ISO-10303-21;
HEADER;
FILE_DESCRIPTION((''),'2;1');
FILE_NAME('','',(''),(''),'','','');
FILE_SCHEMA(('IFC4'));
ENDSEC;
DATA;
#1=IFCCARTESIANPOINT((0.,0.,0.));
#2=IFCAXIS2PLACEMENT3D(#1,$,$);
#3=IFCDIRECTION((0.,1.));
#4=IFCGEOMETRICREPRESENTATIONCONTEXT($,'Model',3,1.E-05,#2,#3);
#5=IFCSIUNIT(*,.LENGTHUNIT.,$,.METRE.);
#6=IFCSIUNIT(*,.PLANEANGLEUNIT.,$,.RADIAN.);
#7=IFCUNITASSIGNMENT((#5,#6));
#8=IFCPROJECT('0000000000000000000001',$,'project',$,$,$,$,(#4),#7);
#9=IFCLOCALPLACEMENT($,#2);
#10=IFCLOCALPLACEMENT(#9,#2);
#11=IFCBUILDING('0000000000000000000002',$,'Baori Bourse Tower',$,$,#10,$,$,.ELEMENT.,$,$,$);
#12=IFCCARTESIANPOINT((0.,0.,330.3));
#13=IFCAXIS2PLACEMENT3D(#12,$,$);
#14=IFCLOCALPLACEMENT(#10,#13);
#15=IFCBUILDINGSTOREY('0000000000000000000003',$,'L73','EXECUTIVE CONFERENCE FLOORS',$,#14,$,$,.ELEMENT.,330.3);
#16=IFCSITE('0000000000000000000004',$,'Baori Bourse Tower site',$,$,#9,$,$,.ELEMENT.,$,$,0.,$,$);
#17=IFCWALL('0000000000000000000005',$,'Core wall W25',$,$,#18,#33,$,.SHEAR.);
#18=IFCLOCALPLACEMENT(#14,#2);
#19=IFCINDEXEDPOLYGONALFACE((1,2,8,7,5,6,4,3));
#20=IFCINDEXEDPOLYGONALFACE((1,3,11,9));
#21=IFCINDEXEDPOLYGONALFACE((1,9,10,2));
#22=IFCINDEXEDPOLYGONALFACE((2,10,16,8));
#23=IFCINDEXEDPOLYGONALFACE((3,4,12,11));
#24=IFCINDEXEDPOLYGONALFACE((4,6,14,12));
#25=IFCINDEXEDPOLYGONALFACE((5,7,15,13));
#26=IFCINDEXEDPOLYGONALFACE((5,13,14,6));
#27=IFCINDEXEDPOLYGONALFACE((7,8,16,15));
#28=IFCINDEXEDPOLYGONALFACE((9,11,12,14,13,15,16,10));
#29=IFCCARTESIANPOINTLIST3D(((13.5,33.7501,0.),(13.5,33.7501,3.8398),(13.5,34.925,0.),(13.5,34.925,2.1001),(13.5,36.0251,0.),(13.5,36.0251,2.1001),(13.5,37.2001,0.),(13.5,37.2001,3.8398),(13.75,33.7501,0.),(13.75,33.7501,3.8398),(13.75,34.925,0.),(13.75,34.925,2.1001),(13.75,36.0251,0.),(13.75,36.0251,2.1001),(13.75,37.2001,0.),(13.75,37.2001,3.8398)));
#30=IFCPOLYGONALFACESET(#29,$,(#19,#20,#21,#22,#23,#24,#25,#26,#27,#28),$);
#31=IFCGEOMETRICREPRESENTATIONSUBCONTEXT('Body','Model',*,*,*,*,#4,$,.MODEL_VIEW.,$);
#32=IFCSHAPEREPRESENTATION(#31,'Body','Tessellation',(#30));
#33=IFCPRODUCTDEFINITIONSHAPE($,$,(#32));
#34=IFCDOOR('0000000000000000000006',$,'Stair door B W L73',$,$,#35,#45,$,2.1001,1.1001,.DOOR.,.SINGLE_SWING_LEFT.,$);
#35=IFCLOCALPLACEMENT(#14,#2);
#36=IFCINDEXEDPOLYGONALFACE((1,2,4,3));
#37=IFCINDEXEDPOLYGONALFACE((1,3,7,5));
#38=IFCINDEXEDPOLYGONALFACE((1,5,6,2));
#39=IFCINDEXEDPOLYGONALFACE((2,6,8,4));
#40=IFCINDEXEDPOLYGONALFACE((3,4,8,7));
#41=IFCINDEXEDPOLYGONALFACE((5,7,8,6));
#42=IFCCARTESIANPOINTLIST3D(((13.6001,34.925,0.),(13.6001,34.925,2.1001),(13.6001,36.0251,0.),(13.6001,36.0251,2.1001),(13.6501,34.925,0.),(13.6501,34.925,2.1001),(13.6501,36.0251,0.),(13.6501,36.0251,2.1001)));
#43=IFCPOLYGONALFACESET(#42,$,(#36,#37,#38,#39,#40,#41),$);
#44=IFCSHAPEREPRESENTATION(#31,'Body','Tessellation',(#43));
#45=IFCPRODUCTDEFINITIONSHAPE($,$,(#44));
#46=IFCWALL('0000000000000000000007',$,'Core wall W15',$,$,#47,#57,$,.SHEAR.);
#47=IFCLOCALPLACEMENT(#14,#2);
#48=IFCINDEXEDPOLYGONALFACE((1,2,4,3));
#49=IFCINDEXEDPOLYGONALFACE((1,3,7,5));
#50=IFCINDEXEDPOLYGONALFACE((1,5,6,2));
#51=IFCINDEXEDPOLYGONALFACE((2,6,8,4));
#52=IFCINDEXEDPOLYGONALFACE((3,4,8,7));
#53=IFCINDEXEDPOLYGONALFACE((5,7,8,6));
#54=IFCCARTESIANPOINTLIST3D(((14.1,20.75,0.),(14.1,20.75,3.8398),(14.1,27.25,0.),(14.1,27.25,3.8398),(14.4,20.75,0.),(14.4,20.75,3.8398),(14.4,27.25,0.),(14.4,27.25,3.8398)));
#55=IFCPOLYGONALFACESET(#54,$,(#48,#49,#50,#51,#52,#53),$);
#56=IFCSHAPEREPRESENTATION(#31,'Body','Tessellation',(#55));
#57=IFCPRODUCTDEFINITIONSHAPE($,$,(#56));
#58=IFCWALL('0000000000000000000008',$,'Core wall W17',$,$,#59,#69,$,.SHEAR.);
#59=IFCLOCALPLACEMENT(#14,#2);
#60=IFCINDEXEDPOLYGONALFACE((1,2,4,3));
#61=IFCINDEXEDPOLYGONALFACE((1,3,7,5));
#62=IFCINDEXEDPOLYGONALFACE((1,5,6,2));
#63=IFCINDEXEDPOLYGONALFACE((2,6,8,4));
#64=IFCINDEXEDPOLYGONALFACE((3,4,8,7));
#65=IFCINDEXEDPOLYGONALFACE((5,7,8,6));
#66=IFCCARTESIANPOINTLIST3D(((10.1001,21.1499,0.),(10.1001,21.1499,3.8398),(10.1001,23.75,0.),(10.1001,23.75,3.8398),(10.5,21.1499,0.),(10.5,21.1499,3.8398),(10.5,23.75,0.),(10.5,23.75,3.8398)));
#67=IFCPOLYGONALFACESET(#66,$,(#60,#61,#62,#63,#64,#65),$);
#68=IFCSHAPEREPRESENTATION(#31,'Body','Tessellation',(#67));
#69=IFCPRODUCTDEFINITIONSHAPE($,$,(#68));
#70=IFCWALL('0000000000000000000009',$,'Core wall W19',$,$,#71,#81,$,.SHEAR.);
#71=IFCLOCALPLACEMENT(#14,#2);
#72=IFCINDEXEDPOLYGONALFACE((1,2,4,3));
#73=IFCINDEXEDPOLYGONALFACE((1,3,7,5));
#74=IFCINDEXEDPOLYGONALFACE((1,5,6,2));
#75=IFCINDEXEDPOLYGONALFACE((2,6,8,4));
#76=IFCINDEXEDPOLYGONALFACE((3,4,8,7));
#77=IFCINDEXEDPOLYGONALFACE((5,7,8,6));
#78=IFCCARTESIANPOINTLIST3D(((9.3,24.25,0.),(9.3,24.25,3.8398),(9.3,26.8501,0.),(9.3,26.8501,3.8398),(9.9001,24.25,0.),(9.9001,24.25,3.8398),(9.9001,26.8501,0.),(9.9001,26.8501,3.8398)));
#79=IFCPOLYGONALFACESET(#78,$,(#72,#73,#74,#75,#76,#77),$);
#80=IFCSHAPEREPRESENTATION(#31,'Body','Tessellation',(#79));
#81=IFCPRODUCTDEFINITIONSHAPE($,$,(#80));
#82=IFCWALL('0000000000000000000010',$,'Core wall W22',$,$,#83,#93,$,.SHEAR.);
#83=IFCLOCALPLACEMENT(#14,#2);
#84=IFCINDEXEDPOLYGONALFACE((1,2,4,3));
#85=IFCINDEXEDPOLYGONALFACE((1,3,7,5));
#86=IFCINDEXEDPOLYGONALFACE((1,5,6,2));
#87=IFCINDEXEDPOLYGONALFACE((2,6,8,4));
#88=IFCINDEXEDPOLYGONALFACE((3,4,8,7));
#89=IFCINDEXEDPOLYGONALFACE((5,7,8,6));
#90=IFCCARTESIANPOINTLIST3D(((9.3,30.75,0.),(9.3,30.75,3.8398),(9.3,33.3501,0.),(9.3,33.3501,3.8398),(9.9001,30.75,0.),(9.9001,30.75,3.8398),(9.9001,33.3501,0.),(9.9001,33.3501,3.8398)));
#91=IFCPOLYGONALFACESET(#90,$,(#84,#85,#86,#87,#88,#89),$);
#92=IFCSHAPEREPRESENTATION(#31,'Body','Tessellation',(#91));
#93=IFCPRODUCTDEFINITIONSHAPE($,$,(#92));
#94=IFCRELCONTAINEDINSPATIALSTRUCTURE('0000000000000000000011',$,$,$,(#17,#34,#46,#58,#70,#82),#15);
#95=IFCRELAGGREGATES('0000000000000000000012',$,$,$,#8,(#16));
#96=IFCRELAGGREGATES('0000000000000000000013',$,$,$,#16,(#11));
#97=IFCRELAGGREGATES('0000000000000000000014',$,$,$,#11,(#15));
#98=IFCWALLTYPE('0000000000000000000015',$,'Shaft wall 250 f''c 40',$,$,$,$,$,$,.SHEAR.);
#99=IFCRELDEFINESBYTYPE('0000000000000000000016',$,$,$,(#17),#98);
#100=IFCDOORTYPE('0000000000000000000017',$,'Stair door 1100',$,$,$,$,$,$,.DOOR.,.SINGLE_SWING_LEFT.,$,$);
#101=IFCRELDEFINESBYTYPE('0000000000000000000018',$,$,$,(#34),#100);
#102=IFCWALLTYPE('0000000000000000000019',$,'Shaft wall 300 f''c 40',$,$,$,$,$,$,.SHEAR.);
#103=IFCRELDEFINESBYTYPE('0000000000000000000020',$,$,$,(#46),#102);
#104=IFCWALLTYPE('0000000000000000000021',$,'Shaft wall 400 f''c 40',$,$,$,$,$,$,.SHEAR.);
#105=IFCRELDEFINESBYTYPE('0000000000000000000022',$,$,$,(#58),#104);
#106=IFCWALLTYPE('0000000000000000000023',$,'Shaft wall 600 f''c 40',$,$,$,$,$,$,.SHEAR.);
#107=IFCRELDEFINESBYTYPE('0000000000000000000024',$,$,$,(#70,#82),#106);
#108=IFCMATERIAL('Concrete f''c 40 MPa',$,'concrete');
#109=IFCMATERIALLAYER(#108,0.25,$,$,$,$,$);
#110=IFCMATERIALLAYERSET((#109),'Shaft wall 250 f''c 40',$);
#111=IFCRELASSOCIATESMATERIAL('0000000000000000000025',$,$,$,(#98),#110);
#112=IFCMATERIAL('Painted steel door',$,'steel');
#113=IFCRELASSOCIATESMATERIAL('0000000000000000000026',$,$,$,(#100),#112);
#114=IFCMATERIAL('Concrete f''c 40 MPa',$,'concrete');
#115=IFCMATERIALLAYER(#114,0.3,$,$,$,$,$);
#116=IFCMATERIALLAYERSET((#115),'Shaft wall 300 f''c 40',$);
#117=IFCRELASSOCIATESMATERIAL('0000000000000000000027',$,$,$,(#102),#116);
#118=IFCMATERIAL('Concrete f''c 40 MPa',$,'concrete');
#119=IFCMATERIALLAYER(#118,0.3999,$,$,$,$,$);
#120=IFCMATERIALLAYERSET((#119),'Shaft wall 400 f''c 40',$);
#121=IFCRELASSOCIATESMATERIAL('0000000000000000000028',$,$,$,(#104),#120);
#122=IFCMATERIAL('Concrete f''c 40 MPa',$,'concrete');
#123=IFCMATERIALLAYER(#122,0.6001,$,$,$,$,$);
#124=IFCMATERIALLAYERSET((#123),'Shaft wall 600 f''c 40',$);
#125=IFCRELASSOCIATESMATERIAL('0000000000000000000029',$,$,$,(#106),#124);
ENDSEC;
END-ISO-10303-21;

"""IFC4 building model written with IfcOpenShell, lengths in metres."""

from ifc_helpers import new_model, si_unit, direction, frame, frame_2d, origin, place, context, subcontext, project, spatial, rectangle, extrude, material, layer, layer_set, type_object, element, fill, save


model = new_model("IFC4")

# Units and contexts
model_context = context("Model", 3, precision=1e-05, world=origin(), true_north=direction((0.0, 1.0)))
body_context = subcontext(model_context, "Body", "Model", "MODEL_VIEW")
ifc_project = project(units=[si_unit("LENGTHUNIT", "METRE"), si_unit("PLANEANGLEUNIT", "RADIAN")], contexts=[model_context])

# Site, building, storey
site_placement = place(None, origin())
site = spatial("IfcSite", under=ifc_project, at=site_placement, Name="Baori Bourse Tower site", CompositionType="ELEMENT", RefElevation=0.0)
building_placement = place(site_placement, origin())
building = spatial("IfcBuilding", under=site, at=building_placement, Name="Baori Bourse Tower", CompositionType="ELEMENT")
storey_placement = place(building_placement, frame((0.0, 0.0, 330.3)))
storey = spatial("IfcBuildingStorey", under=building, at=storey_placement, Name="L73", Description="EXECUTIVE CONFERENCE FLOORS", CompositionType="ELEMENT", Elevation=330.3)

# Wall, opening, door
ifc_material_1 = material(Name="Concrete f'c 40 MPa", Category="concrete")
ifc_layer_1 = layer(ifc_material_1, 0.25)
ifc_layer_set_1 = layer_set([ifc_layer_1], Name="Shaft wall 250 f'c 40")
wall_type_1 = type_object("IfcWallType", Name="Shaft wall 250 f'c 40", PredefinedType="SHEAR", material=ifc_layer_set_1)
wall_1_placement = place(storey_placement, frame((13.625, 33.75, 0.0), z_axis=(0.0, 0.0, 1.0), x_axis=(0.0, 1.0, 0.0)))
wall_1 = element("IfcWall", 1, at=wall_1_placement, inside=storey, type_object=wall_type_1, Name="Core wall W25", PredefinedType="SHEAR", context=body_context, shape_type="SweptSolid", body=[
    extrude(rectangle(XDim=3.45, YDim=0.25, at=frame_2d((1.7251, 0.0))), origin(), (0.0, 0.0, 1.0), 3.8398),
])
opening_placement = place(wall_1_placement, frame((1.175, 0.0, 0.0)))
opening = element("IfcOpeningElement", 2, at=opening_placement, cuts=wall_1, PredefinedType="OPENING", context=body_context, shape_type="SweptSolid", body=[
    extrude(rectangle(XDim=1.1001, YDim=2.1001, at=frame_2d((0.55, 1.05))), frame((0.0, 0.135, 0.0), z_axis=(0.0, -1.0, 0.0), x_axis=(1.0, 0.0, 0.0)), (0.0, 0.0, 1.0), 0.27),
])
ifc_material_2 = material(Name="Painted steel door", Category="steel")
door_type = type_object("IfcDoorType", Name="Stair door 1100", OperationType="SINGLE_SWING_LEFT", PredefinedType="DOOR", material=ifc_material_2)
door_placement = place(opening_placement, origin())
door = element("IfcDoor", 3, at=door_placement, inside=storey, type_object=door_type, Name="Stair door B W L73", OperationType="SINGLE_SWING_LEFT", OverallHeight=2.1001, OverallWidth=1.1001, PredefinedType="DOOR", context=body_context, shape_type="SweptSolid", body=[
    extrude(rectangle(XDim=1.1001, YDim=2.1001, at=frame_2d((0.55, 1.05))), frame((0.0, 0.0249, 0.0), z_axis=(0.0, -1.0, 0.0), x_axis=(1.0, 0.0, 0.0)), (0.0, 0.0, 1.0), 0.05),
])
fill(opening, door)

# Walls
ifc_material_3 = material(Name="Concrete f'c 40 MPa", Category="concrete")
ifc_layer_2 = layer(ifc_material_3, 0.3)
ifc_layer_set_2 = layer_set([ifc_layer_2], Name="Shaft wall 300 f'c 40")
wall_type_2 = type_object("IfcWallType", Name="Shaft wall 300 f'c 40", PredefinedType="SHEAR", material=ifc_layer_set_2)
wall_2_placement = place(storey_placement, frame((14.25, 20.75, 0.0), z_axis=(0.0, 0.0, 1.0), x_axis=(0.0, 1.0, 0.0)))
element("IfcWall", 4, at=wall_2_placement, inside=storey, type_object=wall_type_2, Name="Core wall W15", PredefinedType="SHEAR", context=body_context, shape_type="SweptSolid", body=[
    extrude(rectangle(XDim=6.5, YDim=0.3, at=frame_2d((3.25, 0.0))), origin(), (0.0, 0.0, 1.0), 3.8398),
])
ifc_material_4 = material(Name="Concrete f'c 40 MPa", Category="concrete")
ifc_layer_3 = layer(ifc_material_4, 0.3999)
ifc_layer_set_3 = layer_set([ifc_layer_3], Name="Shaft wall 400 f'c 40")
wall_type_3 = type_object("IfcWallType", Name="Shaft wall 400 f'c 40", PredefinedType="SHEAR", material=ifc_layer_set_3)
wall_3_placement = place(storey_placement, frame((10.3, 21.1499, 0.0), z_axis=(0.0, 0.0, 1.0), x_axis=(0.0, 1.0, 0.0)))
element("IfcWall", 5, at=wall_3_placement, inside=storey, type_object=wall_type_3, Name="Core wall W17", PredefinedType="SHEAR", context=body_context, shape_type="SweptSolid", body=[
    extrude(rectangle(XDim=2.6001, YDim=0.3999, at=frame_2d((1.3, 0.0))), origin(), (0.0, 0.0, 1.0), 3.8398),
])
ifc_material_5 = material(Name="Concrete f'c 40 MPa", Category="concrete")
ifc_layer_4 = layer(ifc_material_5, 0.6001)
ifc_layer_set_4 = layer_set([ifc_layer_4], Name="Shaft wall 600 f'c 40")
wall_type_4 = type_object("IfcWallType", Name="Shaft wall 600 f'c 40", PredefinedType="SHEAR", material=ifc_layer_set_4)
for number, where, z_axis, x_axis, name in (
    (6, (9.6001, 24.25, 0.0), (0.0, 0.0, 1.0), (0.0, 1.0, 0.0), "Core wall W19"),
    (7, (9.6001, 30.75, 0.0), (0.0, 0.0, 1.0), (0.0, 1.0, 0.0), "Core wall W22"),
):
    element("IfcWall", number, at=place(storey_placement, frame(where, z_axis=z_axis, x_axis=x_axis)), inside=storey, type_object=wall_type_4, Name=name, PredefinedType="SHEAR", context=body_context, shape_type="SweptSolid", body=[
        extrude(rectangle(XDim=2.6001, YDim=0.6001, at=frame_2d((1.3, 0.0))), origin(), (0.0, 0.0, 1.0), 3.8398),
    ])

save(model, "model.ifc")
